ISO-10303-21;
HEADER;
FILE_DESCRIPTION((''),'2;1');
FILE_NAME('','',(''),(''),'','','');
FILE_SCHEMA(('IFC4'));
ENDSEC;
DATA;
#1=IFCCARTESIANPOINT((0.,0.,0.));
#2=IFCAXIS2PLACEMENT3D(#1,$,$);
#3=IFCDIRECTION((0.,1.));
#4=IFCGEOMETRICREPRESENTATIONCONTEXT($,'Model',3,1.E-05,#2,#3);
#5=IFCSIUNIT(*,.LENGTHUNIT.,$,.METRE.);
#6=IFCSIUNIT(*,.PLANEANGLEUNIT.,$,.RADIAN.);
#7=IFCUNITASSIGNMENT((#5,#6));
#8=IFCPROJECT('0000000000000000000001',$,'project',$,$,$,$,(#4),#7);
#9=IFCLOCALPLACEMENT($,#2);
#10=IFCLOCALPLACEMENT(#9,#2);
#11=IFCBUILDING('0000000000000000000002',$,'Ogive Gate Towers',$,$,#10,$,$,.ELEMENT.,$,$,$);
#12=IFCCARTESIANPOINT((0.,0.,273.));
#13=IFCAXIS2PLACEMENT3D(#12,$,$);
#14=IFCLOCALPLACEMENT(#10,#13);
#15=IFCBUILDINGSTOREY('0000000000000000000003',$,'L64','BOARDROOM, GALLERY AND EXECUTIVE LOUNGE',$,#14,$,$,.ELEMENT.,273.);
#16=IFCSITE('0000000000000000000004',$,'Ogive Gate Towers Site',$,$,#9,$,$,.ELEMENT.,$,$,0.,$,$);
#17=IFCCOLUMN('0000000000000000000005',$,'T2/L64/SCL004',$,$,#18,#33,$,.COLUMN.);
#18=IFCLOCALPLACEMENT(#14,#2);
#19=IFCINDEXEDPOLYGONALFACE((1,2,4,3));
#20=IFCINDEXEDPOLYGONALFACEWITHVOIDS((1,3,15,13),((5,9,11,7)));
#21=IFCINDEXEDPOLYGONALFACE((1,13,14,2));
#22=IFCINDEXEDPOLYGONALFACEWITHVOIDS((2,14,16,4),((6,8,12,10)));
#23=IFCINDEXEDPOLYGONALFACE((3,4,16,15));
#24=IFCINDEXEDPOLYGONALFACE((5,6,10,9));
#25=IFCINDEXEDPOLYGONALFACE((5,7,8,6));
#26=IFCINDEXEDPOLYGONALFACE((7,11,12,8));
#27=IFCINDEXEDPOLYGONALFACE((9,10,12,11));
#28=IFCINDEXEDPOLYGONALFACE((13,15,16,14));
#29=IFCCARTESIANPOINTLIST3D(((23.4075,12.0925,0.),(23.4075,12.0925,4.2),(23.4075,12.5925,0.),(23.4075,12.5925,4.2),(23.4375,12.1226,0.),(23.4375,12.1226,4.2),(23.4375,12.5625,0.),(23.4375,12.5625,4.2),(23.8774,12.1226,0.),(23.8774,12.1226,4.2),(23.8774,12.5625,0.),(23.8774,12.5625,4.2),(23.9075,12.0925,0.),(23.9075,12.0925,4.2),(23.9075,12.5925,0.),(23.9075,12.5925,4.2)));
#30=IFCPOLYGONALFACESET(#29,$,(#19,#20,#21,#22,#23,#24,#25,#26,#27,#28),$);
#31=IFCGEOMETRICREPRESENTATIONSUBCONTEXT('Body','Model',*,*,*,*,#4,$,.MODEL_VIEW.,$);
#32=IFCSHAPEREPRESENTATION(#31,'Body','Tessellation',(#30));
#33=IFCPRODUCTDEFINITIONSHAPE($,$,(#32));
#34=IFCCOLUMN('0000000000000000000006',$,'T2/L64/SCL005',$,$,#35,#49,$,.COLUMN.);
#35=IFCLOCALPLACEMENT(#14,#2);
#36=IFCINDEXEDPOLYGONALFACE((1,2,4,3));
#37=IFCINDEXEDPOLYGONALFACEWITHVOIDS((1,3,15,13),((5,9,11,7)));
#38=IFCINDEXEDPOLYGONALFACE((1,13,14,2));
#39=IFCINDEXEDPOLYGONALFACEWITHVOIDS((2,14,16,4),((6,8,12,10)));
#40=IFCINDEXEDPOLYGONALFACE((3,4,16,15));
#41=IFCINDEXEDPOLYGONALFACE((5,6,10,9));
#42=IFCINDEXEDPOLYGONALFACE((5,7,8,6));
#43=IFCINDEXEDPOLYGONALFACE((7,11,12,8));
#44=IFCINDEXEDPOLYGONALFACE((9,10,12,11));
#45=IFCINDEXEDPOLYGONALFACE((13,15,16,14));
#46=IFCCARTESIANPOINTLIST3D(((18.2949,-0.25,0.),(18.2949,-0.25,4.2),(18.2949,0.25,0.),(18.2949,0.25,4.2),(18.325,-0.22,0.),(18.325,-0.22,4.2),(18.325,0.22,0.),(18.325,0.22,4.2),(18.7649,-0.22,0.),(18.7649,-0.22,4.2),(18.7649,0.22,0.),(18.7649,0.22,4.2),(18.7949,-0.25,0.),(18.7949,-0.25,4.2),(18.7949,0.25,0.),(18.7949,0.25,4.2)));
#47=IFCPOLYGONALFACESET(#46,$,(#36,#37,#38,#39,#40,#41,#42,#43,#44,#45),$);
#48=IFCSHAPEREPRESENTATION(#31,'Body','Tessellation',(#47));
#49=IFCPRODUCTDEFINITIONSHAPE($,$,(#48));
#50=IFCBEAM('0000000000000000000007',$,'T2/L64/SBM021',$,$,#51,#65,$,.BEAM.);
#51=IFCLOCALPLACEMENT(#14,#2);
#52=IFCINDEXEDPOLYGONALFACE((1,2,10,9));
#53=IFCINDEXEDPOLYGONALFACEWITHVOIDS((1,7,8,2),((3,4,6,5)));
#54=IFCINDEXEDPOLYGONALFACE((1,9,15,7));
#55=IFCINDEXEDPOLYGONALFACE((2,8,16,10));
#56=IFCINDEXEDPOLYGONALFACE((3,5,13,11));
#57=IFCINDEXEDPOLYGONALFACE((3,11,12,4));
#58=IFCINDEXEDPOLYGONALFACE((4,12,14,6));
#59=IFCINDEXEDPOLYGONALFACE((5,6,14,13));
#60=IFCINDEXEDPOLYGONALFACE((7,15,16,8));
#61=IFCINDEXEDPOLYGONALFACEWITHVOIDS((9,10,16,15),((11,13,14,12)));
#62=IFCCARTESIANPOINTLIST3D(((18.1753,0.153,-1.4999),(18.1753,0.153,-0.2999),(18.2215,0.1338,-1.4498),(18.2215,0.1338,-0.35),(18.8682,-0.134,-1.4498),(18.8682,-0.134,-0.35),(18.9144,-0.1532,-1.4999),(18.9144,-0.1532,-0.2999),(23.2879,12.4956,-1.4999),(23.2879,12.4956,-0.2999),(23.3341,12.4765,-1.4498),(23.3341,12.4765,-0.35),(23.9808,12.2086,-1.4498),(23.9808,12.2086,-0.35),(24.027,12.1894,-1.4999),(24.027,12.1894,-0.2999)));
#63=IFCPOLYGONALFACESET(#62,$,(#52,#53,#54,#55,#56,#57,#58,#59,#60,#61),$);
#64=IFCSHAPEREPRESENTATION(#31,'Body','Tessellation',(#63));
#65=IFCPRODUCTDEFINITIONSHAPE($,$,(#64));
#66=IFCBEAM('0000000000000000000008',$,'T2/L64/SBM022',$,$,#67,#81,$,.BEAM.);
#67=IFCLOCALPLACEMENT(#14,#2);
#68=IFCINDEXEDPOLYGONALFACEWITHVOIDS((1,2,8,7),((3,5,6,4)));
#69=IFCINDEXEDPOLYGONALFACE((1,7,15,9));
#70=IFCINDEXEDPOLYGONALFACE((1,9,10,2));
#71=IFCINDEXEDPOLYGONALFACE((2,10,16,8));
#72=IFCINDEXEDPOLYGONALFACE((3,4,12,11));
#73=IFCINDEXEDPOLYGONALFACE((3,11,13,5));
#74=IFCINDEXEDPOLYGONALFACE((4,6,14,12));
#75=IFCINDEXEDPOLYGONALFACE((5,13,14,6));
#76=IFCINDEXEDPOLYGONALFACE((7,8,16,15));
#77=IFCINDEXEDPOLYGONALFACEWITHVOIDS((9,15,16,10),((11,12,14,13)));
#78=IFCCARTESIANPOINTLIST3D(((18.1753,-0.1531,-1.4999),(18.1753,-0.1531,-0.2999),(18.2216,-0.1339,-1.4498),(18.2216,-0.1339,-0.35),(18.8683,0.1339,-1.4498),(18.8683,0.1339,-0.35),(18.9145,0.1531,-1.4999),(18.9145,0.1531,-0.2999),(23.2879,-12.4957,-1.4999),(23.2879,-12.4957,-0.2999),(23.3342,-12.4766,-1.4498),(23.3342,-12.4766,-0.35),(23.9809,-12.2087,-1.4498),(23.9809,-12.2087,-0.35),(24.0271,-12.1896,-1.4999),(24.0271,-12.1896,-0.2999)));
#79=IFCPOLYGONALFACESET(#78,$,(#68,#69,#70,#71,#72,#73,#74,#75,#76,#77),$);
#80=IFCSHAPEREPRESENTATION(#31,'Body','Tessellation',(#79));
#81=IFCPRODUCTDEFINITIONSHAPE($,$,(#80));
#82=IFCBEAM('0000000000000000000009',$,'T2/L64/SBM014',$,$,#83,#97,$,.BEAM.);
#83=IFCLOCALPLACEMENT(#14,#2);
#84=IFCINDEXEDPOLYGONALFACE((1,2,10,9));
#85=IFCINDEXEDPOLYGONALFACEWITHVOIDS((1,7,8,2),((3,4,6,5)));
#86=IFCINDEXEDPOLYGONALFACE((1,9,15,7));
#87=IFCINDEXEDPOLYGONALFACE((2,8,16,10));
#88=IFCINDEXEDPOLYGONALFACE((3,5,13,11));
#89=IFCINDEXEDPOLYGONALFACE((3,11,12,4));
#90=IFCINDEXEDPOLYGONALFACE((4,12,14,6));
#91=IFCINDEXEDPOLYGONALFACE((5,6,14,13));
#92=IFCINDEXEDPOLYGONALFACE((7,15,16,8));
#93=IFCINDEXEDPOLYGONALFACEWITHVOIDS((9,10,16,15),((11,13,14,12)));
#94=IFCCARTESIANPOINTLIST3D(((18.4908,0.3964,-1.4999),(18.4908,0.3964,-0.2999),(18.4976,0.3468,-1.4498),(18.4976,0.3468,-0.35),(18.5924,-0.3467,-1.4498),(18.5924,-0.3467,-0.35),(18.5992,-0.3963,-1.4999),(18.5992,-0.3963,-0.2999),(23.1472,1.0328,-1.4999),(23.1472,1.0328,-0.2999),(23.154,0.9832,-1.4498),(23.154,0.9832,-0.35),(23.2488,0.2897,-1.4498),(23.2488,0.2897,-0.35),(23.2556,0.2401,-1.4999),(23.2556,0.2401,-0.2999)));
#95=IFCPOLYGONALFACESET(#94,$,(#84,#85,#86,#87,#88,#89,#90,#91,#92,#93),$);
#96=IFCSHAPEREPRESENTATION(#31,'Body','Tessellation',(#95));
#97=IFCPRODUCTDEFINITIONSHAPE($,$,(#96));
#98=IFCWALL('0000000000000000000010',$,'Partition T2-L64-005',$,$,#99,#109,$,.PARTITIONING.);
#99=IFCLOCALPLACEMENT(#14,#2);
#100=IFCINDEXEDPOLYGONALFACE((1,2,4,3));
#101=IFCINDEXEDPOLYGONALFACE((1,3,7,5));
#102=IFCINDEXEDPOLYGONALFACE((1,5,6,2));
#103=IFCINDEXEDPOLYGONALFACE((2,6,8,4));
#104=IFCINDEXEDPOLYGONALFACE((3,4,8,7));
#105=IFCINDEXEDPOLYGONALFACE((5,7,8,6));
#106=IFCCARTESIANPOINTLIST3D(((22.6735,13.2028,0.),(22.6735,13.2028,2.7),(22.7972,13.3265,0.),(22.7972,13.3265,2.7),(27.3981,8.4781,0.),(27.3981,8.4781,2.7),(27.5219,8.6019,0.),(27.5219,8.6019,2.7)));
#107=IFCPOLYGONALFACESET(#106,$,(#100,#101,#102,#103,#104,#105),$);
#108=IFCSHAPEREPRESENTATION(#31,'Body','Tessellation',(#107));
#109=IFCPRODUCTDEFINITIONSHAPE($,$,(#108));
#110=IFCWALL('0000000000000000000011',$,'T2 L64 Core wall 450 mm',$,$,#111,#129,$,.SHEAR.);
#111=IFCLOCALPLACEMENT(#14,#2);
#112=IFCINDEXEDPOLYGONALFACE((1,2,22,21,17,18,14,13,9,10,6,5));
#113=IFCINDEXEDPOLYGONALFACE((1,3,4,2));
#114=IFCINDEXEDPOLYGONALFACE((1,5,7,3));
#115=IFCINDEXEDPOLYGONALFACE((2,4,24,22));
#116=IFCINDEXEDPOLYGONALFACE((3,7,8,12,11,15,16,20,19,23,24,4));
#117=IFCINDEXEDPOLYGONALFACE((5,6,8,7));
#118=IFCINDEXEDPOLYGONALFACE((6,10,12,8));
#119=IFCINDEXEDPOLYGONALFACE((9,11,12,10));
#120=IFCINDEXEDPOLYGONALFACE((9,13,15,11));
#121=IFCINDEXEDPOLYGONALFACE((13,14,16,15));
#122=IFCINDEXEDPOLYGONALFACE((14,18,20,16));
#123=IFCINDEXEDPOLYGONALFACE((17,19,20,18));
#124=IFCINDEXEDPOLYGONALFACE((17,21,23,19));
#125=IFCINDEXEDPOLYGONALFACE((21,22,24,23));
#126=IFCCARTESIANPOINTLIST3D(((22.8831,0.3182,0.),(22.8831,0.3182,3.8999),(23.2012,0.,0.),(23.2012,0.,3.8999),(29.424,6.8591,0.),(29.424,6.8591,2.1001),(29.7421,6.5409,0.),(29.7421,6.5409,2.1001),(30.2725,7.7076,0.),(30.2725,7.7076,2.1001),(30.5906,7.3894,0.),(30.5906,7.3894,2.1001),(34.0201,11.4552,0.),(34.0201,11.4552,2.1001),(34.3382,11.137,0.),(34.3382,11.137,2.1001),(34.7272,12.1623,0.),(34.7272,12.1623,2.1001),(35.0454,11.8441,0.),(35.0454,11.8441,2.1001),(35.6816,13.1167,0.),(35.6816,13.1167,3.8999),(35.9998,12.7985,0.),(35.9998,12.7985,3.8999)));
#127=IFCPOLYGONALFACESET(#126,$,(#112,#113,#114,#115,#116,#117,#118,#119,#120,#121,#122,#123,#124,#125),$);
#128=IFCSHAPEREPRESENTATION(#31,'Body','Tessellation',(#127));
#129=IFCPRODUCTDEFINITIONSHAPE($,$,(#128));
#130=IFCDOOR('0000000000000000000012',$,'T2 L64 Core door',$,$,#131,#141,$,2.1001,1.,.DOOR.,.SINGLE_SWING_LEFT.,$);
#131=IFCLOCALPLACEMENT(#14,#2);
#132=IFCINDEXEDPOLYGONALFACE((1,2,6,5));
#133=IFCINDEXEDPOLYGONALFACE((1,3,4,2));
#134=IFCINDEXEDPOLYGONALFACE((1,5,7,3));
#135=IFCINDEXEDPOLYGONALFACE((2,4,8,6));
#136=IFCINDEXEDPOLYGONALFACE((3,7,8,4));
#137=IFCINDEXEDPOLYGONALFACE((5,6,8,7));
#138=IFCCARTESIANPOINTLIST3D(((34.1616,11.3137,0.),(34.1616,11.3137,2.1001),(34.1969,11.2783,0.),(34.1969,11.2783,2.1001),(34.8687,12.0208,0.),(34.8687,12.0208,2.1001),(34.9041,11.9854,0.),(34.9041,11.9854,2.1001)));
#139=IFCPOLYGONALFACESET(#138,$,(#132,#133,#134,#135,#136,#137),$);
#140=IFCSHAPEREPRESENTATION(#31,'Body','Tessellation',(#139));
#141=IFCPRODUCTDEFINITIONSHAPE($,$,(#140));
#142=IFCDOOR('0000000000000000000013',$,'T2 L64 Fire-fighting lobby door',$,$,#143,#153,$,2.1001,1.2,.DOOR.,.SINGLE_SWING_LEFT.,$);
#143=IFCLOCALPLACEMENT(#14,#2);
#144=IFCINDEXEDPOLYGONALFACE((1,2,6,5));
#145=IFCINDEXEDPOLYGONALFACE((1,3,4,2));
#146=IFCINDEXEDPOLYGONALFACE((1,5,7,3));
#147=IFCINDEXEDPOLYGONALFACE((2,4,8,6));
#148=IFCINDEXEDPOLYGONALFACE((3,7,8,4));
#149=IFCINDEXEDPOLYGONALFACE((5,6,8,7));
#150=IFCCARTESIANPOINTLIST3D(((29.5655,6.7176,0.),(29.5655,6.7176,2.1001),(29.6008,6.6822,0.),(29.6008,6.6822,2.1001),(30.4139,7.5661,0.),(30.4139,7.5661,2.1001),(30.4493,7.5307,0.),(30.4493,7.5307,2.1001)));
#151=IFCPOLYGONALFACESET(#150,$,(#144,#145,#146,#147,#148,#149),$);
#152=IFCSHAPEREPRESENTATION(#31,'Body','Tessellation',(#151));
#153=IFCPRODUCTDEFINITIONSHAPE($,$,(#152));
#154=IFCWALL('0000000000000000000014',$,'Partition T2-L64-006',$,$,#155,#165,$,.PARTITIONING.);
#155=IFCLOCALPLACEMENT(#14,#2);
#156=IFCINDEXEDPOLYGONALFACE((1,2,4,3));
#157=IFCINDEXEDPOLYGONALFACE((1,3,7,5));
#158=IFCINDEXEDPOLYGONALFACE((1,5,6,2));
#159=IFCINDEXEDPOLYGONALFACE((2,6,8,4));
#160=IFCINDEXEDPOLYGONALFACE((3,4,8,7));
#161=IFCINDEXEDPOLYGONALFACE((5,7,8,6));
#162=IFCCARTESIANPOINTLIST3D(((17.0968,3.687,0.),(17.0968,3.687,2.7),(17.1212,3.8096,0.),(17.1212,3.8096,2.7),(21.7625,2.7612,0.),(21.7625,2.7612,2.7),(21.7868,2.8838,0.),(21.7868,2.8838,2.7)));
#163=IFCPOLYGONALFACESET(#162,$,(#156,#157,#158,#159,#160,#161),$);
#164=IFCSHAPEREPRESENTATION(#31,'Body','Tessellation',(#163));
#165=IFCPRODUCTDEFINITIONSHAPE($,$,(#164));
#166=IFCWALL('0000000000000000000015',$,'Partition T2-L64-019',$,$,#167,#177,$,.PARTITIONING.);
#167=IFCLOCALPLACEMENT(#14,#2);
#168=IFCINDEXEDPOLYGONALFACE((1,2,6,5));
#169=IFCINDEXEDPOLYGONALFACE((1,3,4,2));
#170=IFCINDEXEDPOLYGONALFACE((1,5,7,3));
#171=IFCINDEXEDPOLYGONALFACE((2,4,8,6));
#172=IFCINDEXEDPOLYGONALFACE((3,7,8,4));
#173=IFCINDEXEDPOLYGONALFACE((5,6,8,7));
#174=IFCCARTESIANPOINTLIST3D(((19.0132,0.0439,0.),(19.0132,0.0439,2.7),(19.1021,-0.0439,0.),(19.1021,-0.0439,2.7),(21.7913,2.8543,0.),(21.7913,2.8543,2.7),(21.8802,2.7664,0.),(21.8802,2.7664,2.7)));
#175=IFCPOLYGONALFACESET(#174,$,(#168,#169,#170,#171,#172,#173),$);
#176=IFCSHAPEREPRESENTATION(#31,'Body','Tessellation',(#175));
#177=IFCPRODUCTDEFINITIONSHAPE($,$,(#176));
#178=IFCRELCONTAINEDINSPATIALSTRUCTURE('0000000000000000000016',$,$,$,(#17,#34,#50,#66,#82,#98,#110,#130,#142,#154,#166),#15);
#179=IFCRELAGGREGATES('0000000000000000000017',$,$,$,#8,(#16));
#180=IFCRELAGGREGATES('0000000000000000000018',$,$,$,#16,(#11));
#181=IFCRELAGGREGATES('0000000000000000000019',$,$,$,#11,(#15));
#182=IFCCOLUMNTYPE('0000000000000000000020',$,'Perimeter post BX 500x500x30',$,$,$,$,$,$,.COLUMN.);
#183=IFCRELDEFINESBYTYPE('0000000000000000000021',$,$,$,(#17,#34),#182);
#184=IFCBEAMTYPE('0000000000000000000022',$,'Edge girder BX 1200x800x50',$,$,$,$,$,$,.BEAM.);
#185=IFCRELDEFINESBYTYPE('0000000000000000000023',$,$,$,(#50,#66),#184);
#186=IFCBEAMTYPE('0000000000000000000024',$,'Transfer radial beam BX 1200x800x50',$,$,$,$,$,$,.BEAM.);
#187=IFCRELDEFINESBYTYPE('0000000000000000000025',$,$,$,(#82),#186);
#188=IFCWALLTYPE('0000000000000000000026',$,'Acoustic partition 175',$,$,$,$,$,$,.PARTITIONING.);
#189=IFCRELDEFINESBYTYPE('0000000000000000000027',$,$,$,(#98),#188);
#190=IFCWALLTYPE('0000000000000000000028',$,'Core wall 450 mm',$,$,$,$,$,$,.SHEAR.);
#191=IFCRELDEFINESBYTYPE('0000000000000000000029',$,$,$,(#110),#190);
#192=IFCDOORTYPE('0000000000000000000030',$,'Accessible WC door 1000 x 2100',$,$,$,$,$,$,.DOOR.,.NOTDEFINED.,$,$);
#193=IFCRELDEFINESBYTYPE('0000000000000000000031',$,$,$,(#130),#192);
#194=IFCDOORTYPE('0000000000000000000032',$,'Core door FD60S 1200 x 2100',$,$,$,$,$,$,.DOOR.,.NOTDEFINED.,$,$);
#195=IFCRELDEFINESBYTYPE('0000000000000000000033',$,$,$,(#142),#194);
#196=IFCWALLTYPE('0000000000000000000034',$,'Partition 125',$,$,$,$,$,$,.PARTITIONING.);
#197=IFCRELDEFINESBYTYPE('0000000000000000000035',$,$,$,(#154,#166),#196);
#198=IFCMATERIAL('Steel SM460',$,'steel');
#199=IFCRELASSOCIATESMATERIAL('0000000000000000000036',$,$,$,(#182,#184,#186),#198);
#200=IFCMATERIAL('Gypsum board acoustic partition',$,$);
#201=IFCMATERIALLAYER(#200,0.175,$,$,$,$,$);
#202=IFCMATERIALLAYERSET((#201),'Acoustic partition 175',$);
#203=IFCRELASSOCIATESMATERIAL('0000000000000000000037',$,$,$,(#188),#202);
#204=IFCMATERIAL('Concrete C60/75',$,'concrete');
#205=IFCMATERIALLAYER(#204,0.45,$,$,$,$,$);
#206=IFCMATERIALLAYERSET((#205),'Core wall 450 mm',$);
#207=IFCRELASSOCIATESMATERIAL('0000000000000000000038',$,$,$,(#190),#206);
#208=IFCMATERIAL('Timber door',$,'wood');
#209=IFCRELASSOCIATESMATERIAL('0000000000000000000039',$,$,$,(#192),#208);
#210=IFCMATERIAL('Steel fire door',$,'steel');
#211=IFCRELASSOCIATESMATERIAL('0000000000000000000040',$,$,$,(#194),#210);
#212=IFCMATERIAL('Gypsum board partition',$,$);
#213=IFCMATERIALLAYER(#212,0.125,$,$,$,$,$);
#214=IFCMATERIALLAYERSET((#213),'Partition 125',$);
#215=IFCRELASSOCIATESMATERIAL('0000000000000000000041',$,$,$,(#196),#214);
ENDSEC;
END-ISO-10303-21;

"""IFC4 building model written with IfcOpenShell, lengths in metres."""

from ifc_helpers import new_model, si_unit, direction, frame, frame_2d, origin, origin_2d, place, context, subcontext, project, spatial, rectangle, hollow_rectangle, extrude, material, layer, layer_set, material_profile, profile_set, type_object, element, fill, save


model = new_model("IFC4")

# Units and contexts
model_context = context("Model", 3, precision=1e-05, world=origin(), true_north=direction((0.0, 1.0)))
body_context = subcontext(model_context, "Body", "Model", "MODEL_VIEW")
ifc_project = project(units=[si_unit("LENGTHUNIT", "METRE"), si_unit("PLANEANGLEUNIT", "RADIAN")], contexts=[model_context])

# Site, building, storey
site_placement = place(None, origin())
site = spatial("IfcSite", under=ifc_project, at=site_placement, Name="Ogive Gate Towers Site", CompositionType="ELEMENT", RefElevation=0.0)
building_placement = place(site_placement, origin())
building = spatial("IfcBuilding", under=site, at=building_placement, Name="Ogive Gate Towers", CompositionType="ELEMENT")
storey_placement = place(building_placement, frame((0.0, 0.0, 273.0)))
storey = spatial("IfcBuildingStorey", under=building, at=storey_placement, Name="L64", Description="BOARDROOM, GALLERY AND EXECUTIVE LOUNGE", CompositionType="ELEMENT", Elevation=273.0)

# Columns
ifc_material_1 = material(Name="Steel SM460", Category="steel")
ifc_material_profile_1 = material_profile(ifc_material_1, hollow_rectangle(XDim=0.5, YDim=0.5, WallThickness=0.03, at=origin_2d()), Name="BX 500x500x30")
ifc_profile_set_1 = profile_set([ifc_material_profile_1], Name="Steel SM460")
column_type = type_object("IfcColumnType", Name="Perimeter post BX 500x500x30", PredefinedType="COLUMN", material=ifc_profile_set_1)
for number, where, z_axis, x_axis, name in (
    (1, (23.6575, 12.3425, 0.0), (0.0, 0.0, 1.0), (1.0, 0.0, 0.0), "T2/L64/SCL004"),
    (2, (18.5449, 0.0, 0.0), (0.0, 0.0, 1.0), (1.0, 0.0, 0.0), "T2/L64/SCL005"),
):
    element("IfcColumn", number, at=place(storey_placement, frame(where, z_axis=z_axis, x_axis=x_axis)), inside=storey, type_object=column_type, Name=name, PredefinedType="COLUMN", context=body_context, shape_type="SweptSolid", body=[
        extrude(hollow_rectangle(XDim=0.5, YDim=0.5, WallThickness=0.03, at=origin_2d()), origin(), (0.0, 0.0, 1.0), 4.2),
    ])

# Beams
ifc_material_profile_2 = material_profile(ifc_material_1, hollow_rectangle(XDim=0.8, YDim=1.2, WallThickness=0.05, at=origin_2d()), Name="BX 1200x800x50")
ifc_profile_set_2 = profile_set([ifc_material_profile_2], Name="Steel SM460")
beam_type_1 = type_object("IfcBeamType", Name="Edge girder BX 1200x800x50", PredefinedType="BEAM", material=ifc_profile_set_2)
for number, where, z_axis, x_axis, name in (
    (3, (23.6575, 12.3425, -0.8999), (-0.38269, -0.923877, 0.0), (0.923877, -0.38269, 0.0), "T2/L64/SBM021"),
    (4, (18.5449, 0.0, -0.8999), (0.38269, -0.923877, 0.0), (0.923877, 0.38269, 0.0), "T2/L64/SBM022"),
):
    element("IfcBeam", number, at=place(storey_placement, frame(where, z_axis=z_axis, x_axis=x_axis)), inside=storey, type_object=beam_type_1, Name=name, PredefinedType="BEAM", context=body_context, shape_type="SweptSolid", body=[
        extrude(hollow_rectangle(XDim=0.8, YDim=1.2, WallThickness=0.05, at=origin_2d()), origin(), (0.0, 0.0, 1.0), 13.3596),
    ])
ifc_material_profile_3 = material_profile(ifc_material_1, hollow_rectangle(XDim=0.8, YDim=1.2, WallThickness=0.05, at=origin_2d()), Name="BX 1200x800x50")
ifc_profile_set_3 = profile_set([ifc_material_profile_3], Name="Steel SM460")
beam_type_2 = type_object("IfcBeamType", Name="Transfer radial beam BX 1200x800x50", PredefinedType="BEAM", material=ifc_profile_set_3)
beam_placement = place(storey_placement, frame((23.2014, 0.6365, -0.8999), z_axis=(-0.990787, -0.135426, 0.0), x_axis=(0.135426, -0.990787, 0.0)))
element("IfcBeam", 5, at=beam_placement, inside=storey, type_object=beam_type_2, Name="T2/L64/SBM014", PredefinedType="BEAM", context=body_context, shape_type="SweptSolid", body=[
    extrude(hollow_rectangle(XDim=0.8, YDim=1.2, WallThickness=0.05, at=origin_2d()), origin(), (0.0, 0.0, 1.0), 4.6997),
])

# Wall
ifc_material_2 = material(Name="Gypsum board acoustic partition")
ifc_layer_1 = layer(ifc_material_2, 0.175)
ifc_layer_set_1 = layer_set([ifc_layer_1], Name="Acoustic partition 175")
wall_type_1 = type_object("IfcWallType", Name="Acoustic partition 175", PredefinedType="PARTITIONING", material=ifc_layer_set_1)
wall_1_placement = place(storey_placement, frame((22.7354, 13.2646, 0.0), z_axis=(0.0, 0.0, 1.0), x_axis=(0.707107, -0.707107, 0.0)))
element("IfcWall", 6, at=wall_1_placement, inside=storey, type_object=wall_type_1, Name="Partition T2-L64-005", PredefinedType="PARTITIONING", context=body_context, shape_type="SweptSolid", body=[
    extrude(rectangle(XDim=6.6816, YDim=0.175, at=frame_2d((3.3408, 0.0))), origin(), (0.0, 0.0, 1.0), 2.7),
])

# Wall, openings, doors
ifc_material_3 = material(Name="Concrete C60/75", Category="concrete")
ifc_layer_2 = layer(ifc_material_3, 0.45)
ifc_layer_set_2 = layer_set([ifc_layer_2], Name="Core wall 450 mm")
wall_type_2 = type_object("IfcWallType", Name="Core wall 450 mm", PredefinedType="SHEAR", material=ifc_layer_set_2)
wall_2_placement = place(storey_placement, frame((23.0422, 0.1592, 0.0), z_axis=(0.0, 0.0, 1.0), x_axis=(0.707107, 0.707107, 0.0)))
wall_2 = element("IfcWall", 7, at=wall_2_placement, inside=storey, type_object=wall_type_2, Name="T2 L64 Core wall 450 mm", PredefinedType="SHEAR", context=body_context, shape_type="SweptSolid", body=[
    extrude(rectangle(XDim=18.0999, YDim=0.45, at=frame_2d((9.0498, 0.0))), origin(), (0.0, 0.0, 1.0), 3.8999),
])
opening_1_placement = place(wall_2_placement, frame((9.25, 0.0, 0.0)))
opening_1 = element("IfcOpeningElement", 8, at=opening_1_placement, cuts=wall_2, PredefinedType="OPENING", context=body_context, shape_type="SweptSolid", body=[
    extrude(rectangle(XDim=1.2, YDim=2.1001, at=frame_2d((0.6001, 1.05))), frame((0.0, 0.2349, 0.0), z_axis=(0.0, -1.0, 0.0), x_axis=(1.0, 0.0, 0.0)), (0.0, 0.0, 1.0), 0.47),
])
opening_2_placement = place(wall_2_placement, frame((15.75, 0.0, 0.0)))
opening_2 = element("IfcOpeningElement", 9, at=opening_2_placement, cuts=wall_2, PredefinedType="OPENING", context=body_context, shape_type="SweptSolid", body=[
    extrude(rectangle(XDim=1.0, YDim=2.1001, at=frame_2d((0.5, 1.05))), frame((0.0, 0.2349, 0.0), z_axis=(0.0, -1.0, 0.0), x_axis=(1.0, 0.0, 0.0)), (0.0, 0.0, 1.0), 0.47),
])
ifc_material_4 = material(Name="Timber door", Category="wood")
door_type_1 = type_object("IfcDoorType", Name="Accessible WC door 1000 x 2100", OperationType="NOTDEFINED", PredefinedType="DOOR", material=ifc_material_4)
door_1_placement = place(opening_2_placement, origin())
door_1 = element("IfcDoor", 10, at=door_1_placement, inside=storey, type_object=door_type_1, Name="T2 L64 Core door", OperationType="SINGLE_SWING_LEFT", OverallHeight=2.1001, OverallWidth=1.0, PredefinedType="DOOR", context=body_context, shape_type="SweptSolid", body=[
    extrude(rectangle(XDim=1.0, YDim=2.1001, at=frame_2d((0.5, 1.05))), frame((0.0, 0.0249, 0.0), z_axis=(0.0, -1.0, 0.0), x_axis=(1.0, 0.0, 0.0)), (0.0, 0.0, 1.0), 0.05),
])
fill(opening_2, door_1)
ifc_material_5 = material(Name="Steel fire door", Category="steel")
door_type_2 = type_object("IfcDoorType", Name="Core door FD60S 1200 x 2100", OperationType="NOTDEFINED", PredefinedType="DOOR", material=ifc_material_5)
door_2_placement = place(opening_1_placement, origin())
door_2 = element("IfcDoor", 11, at=door_2_placement, inside=storey, type_object=door_type_2, Name="T2 L64 Fire-fighting lobby door", OperationType="SINGLE_SWING_LEFT", OverallHeight=2.1001, OverallWidth=1.2, PredefinedType="DOOR", context=body_context, shape_type="SweptSolid", body=[
    extrude(rectangle(XDim=1.2, YDim=2.1001, at=frame_2d((0.6001, 1.05))), frame((0.0, 0.0249, 0.0), z_axis=(0.0, -1.0, 0.0), x_axis=(1.0, 0.0, 0.0)), (0.0, 0.0, 1.0), 0.05),
])
fill(opening_1, door_2)

# Walls
ifc_material_6 = material(Name="Gypsum board partition")
ifc_layer_3 = layer(ifc_material_6, 0.125)
ifc_layer_set_3 = layer_set([ifc_layer_3], Name="Partition 125")
wall_type_3 = type_object("IfcWallType", Name="Partition 125", PredefinedType="PARTITIONING", material=ifc_layer_set_3)
wall_3_placement = place(storey_placement, frame((17.1089, 3.7483, 0.0), z_axis=(0.0, 0.0, 1.0), x_axis=(0.980876, -0.194635, 0.0)))
element("IfcWall", 12, at=wall_3_placement, inside=storey, type_object=wall_type_3, Name="Partition T2-L64-006", PredefinedType="PARTITIONING", context=body_context, shape_type="SweptSolid", body=[
    extrude(rectangle(XDim=4.7566, YDim=0.125, at=frame_2d((2.3784, 0.0))), origin(), (0.0, 0.0, 1.0), 2.7),
])
wall_4_placement = place(storey_placement, frame((19.0576, 0.0, 0.0), z_axis=(0.0, 0.0, 1.0), x_axis=(0.703017, 0.711173, 0.0)))
element("IfcWall", 13, at=wall_4_placement, inside=storey, type_object=wall_type_3, Name="Partition T2-L64-019", PredefinedType="PARTITIONING", context=body_context, shape_type="SweptSolid", body=[
    extrude(rectangle(XDim=3.9517, YDim=0.125, at=frame_2d((1.9758, 0.0))), origin(), (0.0, 0.0, 1.0), 2.7),
])

save(model, "model.ifc")
